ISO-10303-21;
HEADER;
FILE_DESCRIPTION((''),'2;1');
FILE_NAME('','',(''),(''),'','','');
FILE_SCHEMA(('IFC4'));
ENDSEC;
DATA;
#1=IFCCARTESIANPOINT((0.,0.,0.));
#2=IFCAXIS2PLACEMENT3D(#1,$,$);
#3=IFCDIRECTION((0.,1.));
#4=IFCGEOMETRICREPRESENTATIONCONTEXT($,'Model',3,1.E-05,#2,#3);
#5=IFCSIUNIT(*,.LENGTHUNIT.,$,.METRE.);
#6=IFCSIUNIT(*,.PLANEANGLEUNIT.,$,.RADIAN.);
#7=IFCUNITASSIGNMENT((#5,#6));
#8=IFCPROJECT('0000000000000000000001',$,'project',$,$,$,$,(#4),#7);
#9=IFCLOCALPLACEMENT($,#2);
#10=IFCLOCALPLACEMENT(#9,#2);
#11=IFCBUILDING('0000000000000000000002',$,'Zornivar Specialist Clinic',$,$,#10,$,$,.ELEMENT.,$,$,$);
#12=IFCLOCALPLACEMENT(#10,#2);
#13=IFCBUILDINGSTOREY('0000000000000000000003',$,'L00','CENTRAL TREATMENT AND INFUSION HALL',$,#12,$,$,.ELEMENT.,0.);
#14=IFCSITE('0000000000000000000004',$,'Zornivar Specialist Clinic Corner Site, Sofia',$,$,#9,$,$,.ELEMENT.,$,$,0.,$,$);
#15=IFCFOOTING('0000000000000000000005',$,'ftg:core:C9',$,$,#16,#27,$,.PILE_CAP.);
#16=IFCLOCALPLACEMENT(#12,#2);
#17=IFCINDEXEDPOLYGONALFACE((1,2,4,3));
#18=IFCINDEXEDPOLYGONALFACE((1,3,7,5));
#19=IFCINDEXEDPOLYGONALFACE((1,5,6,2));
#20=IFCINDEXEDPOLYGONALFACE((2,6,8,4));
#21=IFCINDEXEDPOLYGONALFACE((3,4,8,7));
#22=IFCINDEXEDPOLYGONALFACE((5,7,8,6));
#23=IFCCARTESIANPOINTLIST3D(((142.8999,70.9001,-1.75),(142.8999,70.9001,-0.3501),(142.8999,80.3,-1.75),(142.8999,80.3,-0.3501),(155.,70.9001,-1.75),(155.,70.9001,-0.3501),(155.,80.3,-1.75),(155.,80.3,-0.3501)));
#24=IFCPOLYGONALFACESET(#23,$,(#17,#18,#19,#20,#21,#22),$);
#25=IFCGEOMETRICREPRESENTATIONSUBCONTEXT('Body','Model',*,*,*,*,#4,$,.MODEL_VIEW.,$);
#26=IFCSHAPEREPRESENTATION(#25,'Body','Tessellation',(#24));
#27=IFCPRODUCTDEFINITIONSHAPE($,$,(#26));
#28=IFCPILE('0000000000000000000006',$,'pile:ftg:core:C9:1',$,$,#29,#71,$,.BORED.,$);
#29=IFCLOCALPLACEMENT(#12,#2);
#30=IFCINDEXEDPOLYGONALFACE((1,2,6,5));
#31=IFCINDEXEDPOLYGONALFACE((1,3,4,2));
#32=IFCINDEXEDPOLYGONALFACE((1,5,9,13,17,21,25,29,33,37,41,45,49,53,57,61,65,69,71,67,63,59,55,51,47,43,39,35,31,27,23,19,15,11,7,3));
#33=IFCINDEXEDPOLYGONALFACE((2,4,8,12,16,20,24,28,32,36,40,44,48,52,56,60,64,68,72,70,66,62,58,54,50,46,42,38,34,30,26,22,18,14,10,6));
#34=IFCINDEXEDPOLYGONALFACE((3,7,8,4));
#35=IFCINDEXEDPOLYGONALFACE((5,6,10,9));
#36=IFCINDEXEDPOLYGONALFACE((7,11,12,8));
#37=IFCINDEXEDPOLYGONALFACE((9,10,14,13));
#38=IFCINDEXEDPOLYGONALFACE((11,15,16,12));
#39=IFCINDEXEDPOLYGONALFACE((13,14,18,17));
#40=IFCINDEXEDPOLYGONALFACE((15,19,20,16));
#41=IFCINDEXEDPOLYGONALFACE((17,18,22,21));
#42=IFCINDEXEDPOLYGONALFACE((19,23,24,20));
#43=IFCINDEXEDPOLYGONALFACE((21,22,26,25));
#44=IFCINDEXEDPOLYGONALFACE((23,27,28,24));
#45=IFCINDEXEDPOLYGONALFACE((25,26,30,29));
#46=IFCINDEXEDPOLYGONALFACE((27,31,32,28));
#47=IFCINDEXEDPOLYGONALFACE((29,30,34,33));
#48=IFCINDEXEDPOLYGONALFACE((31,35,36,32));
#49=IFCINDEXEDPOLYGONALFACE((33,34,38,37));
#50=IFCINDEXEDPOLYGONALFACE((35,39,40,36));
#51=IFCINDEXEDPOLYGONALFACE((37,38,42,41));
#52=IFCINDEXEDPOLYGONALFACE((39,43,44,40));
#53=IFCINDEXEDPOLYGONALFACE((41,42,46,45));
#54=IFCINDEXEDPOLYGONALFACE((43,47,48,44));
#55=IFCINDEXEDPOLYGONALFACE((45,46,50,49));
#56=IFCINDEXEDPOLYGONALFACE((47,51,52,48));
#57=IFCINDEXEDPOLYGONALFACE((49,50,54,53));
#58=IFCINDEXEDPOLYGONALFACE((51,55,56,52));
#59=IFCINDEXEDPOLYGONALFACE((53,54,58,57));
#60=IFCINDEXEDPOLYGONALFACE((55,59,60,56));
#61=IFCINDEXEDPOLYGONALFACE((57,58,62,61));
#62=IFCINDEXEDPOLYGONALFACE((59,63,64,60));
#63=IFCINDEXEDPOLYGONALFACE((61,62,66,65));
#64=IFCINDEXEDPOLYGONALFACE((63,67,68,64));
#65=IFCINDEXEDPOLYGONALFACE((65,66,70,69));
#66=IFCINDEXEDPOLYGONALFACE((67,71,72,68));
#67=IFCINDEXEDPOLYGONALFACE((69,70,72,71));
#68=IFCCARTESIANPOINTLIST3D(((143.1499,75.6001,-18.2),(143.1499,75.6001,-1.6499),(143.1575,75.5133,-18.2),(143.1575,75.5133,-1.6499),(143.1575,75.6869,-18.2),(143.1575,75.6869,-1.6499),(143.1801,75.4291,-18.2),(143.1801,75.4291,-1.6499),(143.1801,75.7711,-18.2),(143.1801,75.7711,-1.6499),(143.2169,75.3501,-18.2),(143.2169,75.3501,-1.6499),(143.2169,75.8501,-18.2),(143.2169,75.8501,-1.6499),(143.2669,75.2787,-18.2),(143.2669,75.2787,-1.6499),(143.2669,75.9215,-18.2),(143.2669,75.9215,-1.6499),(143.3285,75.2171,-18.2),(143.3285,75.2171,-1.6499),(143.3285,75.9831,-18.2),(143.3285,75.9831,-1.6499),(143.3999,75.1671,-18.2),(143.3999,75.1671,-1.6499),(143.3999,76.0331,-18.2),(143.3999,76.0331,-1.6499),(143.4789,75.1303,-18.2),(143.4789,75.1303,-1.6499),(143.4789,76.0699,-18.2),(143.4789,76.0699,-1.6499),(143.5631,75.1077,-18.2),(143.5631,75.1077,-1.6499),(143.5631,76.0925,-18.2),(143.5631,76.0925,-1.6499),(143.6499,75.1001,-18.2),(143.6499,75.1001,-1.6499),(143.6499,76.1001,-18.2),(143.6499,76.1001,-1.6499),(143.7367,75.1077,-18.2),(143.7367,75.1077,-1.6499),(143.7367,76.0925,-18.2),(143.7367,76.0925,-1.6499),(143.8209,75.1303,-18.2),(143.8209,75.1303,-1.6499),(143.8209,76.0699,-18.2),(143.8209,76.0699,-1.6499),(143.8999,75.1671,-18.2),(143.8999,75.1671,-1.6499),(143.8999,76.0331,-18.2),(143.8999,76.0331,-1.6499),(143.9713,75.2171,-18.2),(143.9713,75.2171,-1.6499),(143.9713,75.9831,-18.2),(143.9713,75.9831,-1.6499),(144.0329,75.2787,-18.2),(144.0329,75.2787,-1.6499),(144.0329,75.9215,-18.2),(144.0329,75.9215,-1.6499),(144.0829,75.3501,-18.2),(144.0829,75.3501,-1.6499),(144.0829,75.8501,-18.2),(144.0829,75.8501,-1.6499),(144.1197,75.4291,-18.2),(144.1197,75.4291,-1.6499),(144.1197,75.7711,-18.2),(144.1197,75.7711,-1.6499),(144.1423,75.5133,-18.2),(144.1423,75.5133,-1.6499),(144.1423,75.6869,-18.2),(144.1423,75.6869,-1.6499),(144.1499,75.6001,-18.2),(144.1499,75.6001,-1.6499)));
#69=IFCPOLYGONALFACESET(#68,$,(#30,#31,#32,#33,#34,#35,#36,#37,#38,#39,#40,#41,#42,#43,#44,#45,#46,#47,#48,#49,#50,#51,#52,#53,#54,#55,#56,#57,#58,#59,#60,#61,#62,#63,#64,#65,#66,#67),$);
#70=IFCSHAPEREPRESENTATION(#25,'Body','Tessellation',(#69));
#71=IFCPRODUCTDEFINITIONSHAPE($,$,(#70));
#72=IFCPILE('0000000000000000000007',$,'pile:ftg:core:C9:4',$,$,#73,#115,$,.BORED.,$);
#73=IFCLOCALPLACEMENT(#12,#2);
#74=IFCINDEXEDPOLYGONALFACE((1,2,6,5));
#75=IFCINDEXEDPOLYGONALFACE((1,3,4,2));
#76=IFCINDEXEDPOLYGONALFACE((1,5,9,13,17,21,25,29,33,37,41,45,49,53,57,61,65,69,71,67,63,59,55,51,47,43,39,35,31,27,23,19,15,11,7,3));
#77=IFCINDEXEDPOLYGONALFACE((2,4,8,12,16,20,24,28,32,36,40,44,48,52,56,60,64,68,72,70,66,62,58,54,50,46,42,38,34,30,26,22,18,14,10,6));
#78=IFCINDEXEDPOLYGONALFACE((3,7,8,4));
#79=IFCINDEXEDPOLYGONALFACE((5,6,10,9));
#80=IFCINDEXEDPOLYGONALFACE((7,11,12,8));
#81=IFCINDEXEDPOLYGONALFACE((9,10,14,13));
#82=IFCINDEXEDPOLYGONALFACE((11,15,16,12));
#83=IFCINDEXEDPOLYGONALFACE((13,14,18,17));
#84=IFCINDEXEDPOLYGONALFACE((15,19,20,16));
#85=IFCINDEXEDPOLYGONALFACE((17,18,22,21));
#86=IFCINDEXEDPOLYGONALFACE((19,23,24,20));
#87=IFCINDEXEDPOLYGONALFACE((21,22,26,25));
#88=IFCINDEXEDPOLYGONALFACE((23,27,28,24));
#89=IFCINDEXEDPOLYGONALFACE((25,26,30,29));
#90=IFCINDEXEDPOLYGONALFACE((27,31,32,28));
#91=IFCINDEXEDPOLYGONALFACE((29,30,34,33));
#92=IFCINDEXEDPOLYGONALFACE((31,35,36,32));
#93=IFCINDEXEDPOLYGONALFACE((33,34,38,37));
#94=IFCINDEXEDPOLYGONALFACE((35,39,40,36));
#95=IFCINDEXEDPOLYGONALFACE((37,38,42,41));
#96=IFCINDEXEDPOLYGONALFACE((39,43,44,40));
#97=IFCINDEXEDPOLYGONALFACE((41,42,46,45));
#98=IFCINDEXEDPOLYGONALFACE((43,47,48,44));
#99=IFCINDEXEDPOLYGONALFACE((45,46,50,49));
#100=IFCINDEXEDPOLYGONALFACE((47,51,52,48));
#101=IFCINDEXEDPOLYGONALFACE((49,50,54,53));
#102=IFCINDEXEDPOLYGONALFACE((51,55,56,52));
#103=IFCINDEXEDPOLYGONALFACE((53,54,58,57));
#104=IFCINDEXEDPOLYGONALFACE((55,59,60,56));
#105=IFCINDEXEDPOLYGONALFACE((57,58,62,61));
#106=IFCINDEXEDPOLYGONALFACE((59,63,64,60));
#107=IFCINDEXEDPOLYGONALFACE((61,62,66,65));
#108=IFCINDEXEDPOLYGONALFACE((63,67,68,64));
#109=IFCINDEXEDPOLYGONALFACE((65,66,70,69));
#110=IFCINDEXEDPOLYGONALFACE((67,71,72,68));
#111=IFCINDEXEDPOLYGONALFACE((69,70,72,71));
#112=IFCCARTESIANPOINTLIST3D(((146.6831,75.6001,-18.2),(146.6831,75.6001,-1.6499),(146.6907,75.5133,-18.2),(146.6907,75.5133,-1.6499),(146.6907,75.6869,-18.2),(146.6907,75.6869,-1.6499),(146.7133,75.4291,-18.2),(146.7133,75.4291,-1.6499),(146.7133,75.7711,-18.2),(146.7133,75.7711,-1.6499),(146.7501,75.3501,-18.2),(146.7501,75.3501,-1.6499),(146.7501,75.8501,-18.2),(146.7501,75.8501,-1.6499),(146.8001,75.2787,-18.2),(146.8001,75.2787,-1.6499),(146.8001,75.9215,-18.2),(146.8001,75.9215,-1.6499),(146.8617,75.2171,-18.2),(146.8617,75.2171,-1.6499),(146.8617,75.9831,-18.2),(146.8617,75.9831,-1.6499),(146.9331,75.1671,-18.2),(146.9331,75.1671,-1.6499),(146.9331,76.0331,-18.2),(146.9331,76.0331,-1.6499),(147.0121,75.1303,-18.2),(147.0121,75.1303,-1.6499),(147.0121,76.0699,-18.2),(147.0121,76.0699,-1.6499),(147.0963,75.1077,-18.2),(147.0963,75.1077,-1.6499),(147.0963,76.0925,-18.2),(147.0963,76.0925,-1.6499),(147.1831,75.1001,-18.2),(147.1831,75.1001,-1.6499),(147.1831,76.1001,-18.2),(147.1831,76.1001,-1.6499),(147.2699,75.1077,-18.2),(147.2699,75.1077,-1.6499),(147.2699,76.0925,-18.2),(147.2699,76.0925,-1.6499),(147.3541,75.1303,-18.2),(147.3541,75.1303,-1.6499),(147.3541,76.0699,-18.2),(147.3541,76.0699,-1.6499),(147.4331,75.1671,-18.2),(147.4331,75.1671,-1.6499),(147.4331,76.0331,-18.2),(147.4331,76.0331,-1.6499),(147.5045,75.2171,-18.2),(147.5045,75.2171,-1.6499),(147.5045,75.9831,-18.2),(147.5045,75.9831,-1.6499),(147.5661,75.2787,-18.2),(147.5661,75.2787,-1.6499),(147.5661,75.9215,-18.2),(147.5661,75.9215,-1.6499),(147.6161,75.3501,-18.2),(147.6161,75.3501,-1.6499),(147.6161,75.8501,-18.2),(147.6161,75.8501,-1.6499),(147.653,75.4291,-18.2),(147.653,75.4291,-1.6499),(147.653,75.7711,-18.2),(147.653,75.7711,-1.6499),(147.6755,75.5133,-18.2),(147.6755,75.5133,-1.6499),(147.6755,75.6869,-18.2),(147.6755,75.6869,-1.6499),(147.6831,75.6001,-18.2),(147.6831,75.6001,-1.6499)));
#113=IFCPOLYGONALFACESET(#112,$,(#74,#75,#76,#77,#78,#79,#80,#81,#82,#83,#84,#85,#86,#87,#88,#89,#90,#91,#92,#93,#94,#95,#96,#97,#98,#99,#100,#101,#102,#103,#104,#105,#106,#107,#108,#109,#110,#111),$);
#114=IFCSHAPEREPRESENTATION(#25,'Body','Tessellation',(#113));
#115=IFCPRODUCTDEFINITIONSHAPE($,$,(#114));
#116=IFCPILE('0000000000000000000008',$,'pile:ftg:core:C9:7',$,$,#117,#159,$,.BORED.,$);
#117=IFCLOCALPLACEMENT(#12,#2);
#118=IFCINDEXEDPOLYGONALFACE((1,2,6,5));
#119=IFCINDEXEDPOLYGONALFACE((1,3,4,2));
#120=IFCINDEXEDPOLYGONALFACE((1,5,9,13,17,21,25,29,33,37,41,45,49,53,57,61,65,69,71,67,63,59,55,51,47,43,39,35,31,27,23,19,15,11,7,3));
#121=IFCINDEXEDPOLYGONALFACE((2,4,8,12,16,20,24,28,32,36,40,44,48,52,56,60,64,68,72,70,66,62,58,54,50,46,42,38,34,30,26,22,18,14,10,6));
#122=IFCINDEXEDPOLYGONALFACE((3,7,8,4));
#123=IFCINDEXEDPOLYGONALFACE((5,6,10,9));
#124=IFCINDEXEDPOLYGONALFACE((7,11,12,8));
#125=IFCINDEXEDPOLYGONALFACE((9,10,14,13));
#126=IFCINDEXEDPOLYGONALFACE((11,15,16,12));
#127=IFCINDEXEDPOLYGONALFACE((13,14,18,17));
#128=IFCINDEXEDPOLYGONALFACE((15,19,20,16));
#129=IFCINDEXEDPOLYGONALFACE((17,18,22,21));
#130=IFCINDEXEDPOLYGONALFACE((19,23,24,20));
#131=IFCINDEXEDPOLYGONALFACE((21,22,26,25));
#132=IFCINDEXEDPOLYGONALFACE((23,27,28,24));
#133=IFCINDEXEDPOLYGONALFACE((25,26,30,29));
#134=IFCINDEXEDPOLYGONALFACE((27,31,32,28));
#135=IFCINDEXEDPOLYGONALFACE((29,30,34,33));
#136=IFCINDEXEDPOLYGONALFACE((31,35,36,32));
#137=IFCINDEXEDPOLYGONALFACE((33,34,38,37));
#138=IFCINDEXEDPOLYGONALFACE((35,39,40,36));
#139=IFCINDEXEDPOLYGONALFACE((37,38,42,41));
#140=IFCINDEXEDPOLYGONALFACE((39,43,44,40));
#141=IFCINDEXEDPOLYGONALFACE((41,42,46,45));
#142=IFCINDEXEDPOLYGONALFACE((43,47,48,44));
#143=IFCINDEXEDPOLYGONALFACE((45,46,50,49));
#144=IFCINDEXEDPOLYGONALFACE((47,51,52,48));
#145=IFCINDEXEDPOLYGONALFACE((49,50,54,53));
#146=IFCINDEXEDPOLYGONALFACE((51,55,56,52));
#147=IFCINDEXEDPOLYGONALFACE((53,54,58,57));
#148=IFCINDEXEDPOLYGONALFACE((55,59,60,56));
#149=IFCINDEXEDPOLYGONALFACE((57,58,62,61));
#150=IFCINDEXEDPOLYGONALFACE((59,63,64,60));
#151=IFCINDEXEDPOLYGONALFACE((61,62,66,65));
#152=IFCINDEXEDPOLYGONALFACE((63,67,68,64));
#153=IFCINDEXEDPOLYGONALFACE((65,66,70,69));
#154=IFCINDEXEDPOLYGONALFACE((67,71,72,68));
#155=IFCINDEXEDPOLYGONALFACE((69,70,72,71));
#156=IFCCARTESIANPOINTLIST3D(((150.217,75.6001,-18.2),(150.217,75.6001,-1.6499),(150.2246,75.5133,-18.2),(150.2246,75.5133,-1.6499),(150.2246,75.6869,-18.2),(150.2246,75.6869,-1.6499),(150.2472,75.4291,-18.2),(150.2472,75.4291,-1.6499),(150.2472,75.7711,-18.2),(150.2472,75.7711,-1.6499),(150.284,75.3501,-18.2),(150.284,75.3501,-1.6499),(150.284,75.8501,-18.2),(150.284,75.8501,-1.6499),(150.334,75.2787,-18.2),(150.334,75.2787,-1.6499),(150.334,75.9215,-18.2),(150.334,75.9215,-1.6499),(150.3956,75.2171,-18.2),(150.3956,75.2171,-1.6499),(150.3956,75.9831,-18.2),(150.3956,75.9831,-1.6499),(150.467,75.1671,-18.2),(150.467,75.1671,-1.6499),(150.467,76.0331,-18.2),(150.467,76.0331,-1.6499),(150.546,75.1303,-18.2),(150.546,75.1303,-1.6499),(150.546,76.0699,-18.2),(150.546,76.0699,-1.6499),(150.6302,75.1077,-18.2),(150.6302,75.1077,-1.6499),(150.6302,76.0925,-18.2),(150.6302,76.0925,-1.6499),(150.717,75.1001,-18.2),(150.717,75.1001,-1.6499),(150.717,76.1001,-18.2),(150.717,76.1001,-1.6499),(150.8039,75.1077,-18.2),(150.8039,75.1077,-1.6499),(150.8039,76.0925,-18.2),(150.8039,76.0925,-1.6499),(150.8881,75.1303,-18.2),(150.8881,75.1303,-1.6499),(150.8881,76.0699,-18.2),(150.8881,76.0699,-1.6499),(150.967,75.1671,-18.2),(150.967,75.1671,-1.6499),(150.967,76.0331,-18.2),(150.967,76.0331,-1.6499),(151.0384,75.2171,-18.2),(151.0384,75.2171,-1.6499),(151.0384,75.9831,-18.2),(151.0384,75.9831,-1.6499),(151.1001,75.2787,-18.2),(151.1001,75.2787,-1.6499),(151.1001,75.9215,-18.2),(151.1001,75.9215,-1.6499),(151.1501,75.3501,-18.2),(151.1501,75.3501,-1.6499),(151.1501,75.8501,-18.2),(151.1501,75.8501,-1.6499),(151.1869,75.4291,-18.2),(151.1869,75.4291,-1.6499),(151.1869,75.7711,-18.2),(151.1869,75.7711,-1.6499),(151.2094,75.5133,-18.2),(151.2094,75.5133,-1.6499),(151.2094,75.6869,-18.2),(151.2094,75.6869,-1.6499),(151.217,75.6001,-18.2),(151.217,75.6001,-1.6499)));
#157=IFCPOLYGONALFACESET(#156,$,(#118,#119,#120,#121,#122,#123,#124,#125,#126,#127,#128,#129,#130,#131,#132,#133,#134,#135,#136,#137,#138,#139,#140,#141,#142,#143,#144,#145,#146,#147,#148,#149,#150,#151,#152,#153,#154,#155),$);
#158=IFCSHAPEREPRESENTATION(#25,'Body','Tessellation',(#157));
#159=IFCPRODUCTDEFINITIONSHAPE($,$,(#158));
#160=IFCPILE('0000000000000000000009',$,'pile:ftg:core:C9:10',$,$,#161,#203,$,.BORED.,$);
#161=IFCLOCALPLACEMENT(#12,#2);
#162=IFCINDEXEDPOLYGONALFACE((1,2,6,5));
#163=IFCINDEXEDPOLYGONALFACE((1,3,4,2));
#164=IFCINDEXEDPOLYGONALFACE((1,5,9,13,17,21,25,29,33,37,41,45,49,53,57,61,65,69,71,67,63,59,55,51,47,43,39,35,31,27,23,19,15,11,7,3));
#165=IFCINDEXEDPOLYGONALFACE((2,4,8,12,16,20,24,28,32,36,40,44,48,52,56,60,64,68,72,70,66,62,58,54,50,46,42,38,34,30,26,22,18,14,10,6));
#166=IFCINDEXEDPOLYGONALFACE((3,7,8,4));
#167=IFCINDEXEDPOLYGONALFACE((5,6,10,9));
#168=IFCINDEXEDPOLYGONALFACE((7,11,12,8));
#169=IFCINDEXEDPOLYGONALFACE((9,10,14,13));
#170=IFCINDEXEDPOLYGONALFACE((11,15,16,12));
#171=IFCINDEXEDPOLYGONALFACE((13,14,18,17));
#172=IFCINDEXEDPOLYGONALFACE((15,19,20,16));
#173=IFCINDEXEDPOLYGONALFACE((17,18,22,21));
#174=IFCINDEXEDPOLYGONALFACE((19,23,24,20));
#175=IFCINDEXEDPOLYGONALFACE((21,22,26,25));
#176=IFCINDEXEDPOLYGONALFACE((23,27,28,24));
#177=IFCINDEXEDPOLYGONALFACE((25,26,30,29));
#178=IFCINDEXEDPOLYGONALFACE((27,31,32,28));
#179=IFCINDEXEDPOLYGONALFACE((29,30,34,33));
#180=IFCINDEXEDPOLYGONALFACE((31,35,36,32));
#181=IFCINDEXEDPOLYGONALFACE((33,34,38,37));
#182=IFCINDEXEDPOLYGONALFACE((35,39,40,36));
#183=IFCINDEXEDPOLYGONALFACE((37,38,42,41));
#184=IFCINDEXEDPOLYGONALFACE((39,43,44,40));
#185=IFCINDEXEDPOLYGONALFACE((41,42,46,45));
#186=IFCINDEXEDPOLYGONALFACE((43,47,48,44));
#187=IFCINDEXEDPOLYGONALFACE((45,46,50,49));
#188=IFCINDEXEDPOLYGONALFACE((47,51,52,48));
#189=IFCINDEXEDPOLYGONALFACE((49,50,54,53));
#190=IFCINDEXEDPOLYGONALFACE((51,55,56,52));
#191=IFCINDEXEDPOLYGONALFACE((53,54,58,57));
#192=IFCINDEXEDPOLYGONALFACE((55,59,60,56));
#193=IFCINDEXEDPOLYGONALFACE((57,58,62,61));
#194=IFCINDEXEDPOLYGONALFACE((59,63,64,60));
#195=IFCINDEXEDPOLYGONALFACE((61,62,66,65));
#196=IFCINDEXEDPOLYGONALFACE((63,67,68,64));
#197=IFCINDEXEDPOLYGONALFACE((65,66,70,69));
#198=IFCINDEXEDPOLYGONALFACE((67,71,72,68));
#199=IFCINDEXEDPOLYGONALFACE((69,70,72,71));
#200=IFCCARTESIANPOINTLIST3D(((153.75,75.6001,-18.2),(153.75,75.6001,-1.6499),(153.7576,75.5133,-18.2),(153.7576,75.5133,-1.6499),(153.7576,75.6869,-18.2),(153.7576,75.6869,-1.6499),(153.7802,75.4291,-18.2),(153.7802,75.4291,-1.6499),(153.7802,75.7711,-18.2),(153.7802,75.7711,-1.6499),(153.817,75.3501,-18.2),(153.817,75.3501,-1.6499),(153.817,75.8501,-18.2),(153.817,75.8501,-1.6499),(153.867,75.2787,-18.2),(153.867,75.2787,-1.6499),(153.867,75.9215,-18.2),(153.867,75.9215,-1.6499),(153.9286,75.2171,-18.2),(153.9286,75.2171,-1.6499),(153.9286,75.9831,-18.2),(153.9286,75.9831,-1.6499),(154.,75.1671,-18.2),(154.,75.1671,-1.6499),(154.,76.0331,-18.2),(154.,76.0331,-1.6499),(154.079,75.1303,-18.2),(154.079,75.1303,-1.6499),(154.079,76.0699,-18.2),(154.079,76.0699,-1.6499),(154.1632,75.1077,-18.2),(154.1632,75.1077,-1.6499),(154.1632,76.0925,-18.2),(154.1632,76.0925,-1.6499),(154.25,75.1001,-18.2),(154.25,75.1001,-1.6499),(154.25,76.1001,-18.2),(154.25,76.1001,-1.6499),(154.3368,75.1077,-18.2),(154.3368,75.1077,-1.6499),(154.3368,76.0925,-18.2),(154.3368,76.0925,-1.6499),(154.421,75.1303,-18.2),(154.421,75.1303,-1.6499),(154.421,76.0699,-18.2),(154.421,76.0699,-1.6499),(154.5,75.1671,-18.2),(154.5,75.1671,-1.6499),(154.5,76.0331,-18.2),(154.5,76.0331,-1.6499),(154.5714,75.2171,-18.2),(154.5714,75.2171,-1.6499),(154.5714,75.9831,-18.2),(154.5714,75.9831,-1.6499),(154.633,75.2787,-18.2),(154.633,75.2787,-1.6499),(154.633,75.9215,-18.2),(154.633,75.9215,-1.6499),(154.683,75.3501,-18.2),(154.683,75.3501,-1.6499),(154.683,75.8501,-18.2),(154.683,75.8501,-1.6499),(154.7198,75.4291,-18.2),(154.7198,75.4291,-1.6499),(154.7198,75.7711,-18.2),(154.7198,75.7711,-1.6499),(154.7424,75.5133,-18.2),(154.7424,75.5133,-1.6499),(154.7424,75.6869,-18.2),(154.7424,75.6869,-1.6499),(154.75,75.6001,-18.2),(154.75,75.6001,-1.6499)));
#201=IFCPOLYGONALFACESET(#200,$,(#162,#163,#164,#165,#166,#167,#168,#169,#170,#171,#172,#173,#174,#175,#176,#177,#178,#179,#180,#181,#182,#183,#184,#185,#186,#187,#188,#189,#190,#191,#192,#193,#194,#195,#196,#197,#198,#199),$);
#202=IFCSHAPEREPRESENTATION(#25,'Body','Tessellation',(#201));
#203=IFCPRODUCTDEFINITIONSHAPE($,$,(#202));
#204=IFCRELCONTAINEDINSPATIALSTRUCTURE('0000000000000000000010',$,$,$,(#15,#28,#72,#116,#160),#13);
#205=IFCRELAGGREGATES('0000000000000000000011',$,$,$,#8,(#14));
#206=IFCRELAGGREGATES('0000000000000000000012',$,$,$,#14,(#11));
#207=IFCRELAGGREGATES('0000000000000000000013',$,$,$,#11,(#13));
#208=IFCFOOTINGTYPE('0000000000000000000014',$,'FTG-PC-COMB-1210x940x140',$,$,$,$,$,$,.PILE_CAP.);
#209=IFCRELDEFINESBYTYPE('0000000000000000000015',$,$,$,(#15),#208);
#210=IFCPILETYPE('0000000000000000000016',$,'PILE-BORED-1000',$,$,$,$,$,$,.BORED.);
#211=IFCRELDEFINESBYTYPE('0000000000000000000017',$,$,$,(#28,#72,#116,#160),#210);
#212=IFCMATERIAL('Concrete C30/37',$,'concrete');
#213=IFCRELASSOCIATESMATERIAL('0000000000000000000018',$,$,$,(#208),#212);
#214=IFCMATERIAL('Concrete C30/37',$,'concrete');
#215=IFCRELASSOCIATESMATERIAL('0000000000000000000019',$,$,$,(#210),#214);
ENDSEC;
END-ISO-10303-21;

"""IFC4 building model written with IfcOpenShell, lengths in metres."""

from ifc_helpers import new_model, si_unit, direction, frame, origin, origin_2d, place, context, subcontext, project, spatial, rectangle, circle, extrude, material, material_profile, profile_set, type_object, element, save


model = new_model("IFC4")

# Units and contexts
model_context = context("Model", 3, precision=1e-05, world=origin(), true_north=direction((0.0, 1.0)))
body_context = subcontext(model_context, "Body", "Model", "MODEL_VIEW")
ifc_project = project(units=[si_unit("LENGTHUNIT", "METRE"), si_unit("PLANEANGLEUNIT", "RADIAN")], contexts=[model_context])

# Site, building, storey
site_placement = place(None, origin())
site = spatial("IfcSite", under=ifc_project, at=site_placement, Name="Zornivar Specialist Clinic Corner Site, Sofia", CompositionType="ELEMENT", RefElevation=0.0)
building_placement = place(site_placement, origin())
building = spatial("IfcBuilding", under=site, at=building_placement, Name="Zornivar Specialist Clinic", CompositionType="ELEMENT")
storey_placement = place(building_placement, origin())
storey = spatial("IfcBuildingStorey", under=building, at=storey_placement, Name="L00", Description="CENTRAL TREATMENT AND INFUSION HALL", CompositionType="ELEMENT", Elevation=0.0)

# Footing
ifc_material_1 = material(Name="Concrete C30/37", Category="concrete")
footing_type = type_object("IfcFootingType", Name="FTG-PC-COMB-1210x940x140", PredefinedType="PILE_CAP", material=ifc_material_1)
footing_placement = place(storey_placement, frame((148.95, 75.6001, -1.75), z_axis=(0.0, 0.0, 1.0), x_axis=(1.0, 0.0, 0.0)))
element("IfcFooting", 1, at=footing_placement, inside=storey, type_object=footing_type, Name="ftg:core:C9", PredefinedType="PILE_CAP", context=body_context, shape_type="SweptSolid", body=[
    extrude(rectangle(XDim=12.1001, YDim=9.3999, at=origin_2d()), origin(), (0.0, 0.0, 1.0), 1.3999),
])

# Piles
ifc_material_2 = material(Name="Concrete C30/37", Category="concrete")
ifc_material_profile_1 = material_profile(ifc_material_2, circle(Radius=0.5, at=origin_2d()), Name="PILE D1000")
ifc_profile_set_1 = profile_set([ifc_material_profile_1], Name="Concrete C30/37")
pile_type = type_object("IfcPileType", Name="PILE-BORED-1000", PredefinedType="BORED", material=ifc_profile_set_1)
for number, where, z_axis, x_axis, name in (
    (2, (143.6499, 75.6001, -1.6499), (0.0, 0.0, -1.0), (1.0, 0.0, 0.0), "pile:ftg:core:C9:1"),
    (3, (147.1831, 75.6001, -1.6499), (0.0, 0.0, -1.0), (1.0, 0.0, 0.0), "pile:ftg:core:C9:4"),
    (4, (150.717, 75.6001, -1.6499), (0.0, 0.0, -1.0), (1.0, 0.0, 0.0), "pile:ftg:core:C9:7"),
    (5, (154.25, 75.6001, -1.6499), (0.0, 0.0, -1.0), (1.0, 0.0, 0.0), "pile:ftg:core:C9:10"),
):
    element("IfcPile", number, at=place(storey_placement, frame(where, z_axis=z_axis, x_axis=x_axis)), inside=storey, type_object=pile_type, Name=name, PredefinedType="BORED", context=body_context, shape_type="SweptSolid", body=[
        extrude(circle(Radius=0.5, at=origin_2d()), origin(), (0.0, 0.0, 1.0), 16.55),
    ])

save(model, "model.ifc")
